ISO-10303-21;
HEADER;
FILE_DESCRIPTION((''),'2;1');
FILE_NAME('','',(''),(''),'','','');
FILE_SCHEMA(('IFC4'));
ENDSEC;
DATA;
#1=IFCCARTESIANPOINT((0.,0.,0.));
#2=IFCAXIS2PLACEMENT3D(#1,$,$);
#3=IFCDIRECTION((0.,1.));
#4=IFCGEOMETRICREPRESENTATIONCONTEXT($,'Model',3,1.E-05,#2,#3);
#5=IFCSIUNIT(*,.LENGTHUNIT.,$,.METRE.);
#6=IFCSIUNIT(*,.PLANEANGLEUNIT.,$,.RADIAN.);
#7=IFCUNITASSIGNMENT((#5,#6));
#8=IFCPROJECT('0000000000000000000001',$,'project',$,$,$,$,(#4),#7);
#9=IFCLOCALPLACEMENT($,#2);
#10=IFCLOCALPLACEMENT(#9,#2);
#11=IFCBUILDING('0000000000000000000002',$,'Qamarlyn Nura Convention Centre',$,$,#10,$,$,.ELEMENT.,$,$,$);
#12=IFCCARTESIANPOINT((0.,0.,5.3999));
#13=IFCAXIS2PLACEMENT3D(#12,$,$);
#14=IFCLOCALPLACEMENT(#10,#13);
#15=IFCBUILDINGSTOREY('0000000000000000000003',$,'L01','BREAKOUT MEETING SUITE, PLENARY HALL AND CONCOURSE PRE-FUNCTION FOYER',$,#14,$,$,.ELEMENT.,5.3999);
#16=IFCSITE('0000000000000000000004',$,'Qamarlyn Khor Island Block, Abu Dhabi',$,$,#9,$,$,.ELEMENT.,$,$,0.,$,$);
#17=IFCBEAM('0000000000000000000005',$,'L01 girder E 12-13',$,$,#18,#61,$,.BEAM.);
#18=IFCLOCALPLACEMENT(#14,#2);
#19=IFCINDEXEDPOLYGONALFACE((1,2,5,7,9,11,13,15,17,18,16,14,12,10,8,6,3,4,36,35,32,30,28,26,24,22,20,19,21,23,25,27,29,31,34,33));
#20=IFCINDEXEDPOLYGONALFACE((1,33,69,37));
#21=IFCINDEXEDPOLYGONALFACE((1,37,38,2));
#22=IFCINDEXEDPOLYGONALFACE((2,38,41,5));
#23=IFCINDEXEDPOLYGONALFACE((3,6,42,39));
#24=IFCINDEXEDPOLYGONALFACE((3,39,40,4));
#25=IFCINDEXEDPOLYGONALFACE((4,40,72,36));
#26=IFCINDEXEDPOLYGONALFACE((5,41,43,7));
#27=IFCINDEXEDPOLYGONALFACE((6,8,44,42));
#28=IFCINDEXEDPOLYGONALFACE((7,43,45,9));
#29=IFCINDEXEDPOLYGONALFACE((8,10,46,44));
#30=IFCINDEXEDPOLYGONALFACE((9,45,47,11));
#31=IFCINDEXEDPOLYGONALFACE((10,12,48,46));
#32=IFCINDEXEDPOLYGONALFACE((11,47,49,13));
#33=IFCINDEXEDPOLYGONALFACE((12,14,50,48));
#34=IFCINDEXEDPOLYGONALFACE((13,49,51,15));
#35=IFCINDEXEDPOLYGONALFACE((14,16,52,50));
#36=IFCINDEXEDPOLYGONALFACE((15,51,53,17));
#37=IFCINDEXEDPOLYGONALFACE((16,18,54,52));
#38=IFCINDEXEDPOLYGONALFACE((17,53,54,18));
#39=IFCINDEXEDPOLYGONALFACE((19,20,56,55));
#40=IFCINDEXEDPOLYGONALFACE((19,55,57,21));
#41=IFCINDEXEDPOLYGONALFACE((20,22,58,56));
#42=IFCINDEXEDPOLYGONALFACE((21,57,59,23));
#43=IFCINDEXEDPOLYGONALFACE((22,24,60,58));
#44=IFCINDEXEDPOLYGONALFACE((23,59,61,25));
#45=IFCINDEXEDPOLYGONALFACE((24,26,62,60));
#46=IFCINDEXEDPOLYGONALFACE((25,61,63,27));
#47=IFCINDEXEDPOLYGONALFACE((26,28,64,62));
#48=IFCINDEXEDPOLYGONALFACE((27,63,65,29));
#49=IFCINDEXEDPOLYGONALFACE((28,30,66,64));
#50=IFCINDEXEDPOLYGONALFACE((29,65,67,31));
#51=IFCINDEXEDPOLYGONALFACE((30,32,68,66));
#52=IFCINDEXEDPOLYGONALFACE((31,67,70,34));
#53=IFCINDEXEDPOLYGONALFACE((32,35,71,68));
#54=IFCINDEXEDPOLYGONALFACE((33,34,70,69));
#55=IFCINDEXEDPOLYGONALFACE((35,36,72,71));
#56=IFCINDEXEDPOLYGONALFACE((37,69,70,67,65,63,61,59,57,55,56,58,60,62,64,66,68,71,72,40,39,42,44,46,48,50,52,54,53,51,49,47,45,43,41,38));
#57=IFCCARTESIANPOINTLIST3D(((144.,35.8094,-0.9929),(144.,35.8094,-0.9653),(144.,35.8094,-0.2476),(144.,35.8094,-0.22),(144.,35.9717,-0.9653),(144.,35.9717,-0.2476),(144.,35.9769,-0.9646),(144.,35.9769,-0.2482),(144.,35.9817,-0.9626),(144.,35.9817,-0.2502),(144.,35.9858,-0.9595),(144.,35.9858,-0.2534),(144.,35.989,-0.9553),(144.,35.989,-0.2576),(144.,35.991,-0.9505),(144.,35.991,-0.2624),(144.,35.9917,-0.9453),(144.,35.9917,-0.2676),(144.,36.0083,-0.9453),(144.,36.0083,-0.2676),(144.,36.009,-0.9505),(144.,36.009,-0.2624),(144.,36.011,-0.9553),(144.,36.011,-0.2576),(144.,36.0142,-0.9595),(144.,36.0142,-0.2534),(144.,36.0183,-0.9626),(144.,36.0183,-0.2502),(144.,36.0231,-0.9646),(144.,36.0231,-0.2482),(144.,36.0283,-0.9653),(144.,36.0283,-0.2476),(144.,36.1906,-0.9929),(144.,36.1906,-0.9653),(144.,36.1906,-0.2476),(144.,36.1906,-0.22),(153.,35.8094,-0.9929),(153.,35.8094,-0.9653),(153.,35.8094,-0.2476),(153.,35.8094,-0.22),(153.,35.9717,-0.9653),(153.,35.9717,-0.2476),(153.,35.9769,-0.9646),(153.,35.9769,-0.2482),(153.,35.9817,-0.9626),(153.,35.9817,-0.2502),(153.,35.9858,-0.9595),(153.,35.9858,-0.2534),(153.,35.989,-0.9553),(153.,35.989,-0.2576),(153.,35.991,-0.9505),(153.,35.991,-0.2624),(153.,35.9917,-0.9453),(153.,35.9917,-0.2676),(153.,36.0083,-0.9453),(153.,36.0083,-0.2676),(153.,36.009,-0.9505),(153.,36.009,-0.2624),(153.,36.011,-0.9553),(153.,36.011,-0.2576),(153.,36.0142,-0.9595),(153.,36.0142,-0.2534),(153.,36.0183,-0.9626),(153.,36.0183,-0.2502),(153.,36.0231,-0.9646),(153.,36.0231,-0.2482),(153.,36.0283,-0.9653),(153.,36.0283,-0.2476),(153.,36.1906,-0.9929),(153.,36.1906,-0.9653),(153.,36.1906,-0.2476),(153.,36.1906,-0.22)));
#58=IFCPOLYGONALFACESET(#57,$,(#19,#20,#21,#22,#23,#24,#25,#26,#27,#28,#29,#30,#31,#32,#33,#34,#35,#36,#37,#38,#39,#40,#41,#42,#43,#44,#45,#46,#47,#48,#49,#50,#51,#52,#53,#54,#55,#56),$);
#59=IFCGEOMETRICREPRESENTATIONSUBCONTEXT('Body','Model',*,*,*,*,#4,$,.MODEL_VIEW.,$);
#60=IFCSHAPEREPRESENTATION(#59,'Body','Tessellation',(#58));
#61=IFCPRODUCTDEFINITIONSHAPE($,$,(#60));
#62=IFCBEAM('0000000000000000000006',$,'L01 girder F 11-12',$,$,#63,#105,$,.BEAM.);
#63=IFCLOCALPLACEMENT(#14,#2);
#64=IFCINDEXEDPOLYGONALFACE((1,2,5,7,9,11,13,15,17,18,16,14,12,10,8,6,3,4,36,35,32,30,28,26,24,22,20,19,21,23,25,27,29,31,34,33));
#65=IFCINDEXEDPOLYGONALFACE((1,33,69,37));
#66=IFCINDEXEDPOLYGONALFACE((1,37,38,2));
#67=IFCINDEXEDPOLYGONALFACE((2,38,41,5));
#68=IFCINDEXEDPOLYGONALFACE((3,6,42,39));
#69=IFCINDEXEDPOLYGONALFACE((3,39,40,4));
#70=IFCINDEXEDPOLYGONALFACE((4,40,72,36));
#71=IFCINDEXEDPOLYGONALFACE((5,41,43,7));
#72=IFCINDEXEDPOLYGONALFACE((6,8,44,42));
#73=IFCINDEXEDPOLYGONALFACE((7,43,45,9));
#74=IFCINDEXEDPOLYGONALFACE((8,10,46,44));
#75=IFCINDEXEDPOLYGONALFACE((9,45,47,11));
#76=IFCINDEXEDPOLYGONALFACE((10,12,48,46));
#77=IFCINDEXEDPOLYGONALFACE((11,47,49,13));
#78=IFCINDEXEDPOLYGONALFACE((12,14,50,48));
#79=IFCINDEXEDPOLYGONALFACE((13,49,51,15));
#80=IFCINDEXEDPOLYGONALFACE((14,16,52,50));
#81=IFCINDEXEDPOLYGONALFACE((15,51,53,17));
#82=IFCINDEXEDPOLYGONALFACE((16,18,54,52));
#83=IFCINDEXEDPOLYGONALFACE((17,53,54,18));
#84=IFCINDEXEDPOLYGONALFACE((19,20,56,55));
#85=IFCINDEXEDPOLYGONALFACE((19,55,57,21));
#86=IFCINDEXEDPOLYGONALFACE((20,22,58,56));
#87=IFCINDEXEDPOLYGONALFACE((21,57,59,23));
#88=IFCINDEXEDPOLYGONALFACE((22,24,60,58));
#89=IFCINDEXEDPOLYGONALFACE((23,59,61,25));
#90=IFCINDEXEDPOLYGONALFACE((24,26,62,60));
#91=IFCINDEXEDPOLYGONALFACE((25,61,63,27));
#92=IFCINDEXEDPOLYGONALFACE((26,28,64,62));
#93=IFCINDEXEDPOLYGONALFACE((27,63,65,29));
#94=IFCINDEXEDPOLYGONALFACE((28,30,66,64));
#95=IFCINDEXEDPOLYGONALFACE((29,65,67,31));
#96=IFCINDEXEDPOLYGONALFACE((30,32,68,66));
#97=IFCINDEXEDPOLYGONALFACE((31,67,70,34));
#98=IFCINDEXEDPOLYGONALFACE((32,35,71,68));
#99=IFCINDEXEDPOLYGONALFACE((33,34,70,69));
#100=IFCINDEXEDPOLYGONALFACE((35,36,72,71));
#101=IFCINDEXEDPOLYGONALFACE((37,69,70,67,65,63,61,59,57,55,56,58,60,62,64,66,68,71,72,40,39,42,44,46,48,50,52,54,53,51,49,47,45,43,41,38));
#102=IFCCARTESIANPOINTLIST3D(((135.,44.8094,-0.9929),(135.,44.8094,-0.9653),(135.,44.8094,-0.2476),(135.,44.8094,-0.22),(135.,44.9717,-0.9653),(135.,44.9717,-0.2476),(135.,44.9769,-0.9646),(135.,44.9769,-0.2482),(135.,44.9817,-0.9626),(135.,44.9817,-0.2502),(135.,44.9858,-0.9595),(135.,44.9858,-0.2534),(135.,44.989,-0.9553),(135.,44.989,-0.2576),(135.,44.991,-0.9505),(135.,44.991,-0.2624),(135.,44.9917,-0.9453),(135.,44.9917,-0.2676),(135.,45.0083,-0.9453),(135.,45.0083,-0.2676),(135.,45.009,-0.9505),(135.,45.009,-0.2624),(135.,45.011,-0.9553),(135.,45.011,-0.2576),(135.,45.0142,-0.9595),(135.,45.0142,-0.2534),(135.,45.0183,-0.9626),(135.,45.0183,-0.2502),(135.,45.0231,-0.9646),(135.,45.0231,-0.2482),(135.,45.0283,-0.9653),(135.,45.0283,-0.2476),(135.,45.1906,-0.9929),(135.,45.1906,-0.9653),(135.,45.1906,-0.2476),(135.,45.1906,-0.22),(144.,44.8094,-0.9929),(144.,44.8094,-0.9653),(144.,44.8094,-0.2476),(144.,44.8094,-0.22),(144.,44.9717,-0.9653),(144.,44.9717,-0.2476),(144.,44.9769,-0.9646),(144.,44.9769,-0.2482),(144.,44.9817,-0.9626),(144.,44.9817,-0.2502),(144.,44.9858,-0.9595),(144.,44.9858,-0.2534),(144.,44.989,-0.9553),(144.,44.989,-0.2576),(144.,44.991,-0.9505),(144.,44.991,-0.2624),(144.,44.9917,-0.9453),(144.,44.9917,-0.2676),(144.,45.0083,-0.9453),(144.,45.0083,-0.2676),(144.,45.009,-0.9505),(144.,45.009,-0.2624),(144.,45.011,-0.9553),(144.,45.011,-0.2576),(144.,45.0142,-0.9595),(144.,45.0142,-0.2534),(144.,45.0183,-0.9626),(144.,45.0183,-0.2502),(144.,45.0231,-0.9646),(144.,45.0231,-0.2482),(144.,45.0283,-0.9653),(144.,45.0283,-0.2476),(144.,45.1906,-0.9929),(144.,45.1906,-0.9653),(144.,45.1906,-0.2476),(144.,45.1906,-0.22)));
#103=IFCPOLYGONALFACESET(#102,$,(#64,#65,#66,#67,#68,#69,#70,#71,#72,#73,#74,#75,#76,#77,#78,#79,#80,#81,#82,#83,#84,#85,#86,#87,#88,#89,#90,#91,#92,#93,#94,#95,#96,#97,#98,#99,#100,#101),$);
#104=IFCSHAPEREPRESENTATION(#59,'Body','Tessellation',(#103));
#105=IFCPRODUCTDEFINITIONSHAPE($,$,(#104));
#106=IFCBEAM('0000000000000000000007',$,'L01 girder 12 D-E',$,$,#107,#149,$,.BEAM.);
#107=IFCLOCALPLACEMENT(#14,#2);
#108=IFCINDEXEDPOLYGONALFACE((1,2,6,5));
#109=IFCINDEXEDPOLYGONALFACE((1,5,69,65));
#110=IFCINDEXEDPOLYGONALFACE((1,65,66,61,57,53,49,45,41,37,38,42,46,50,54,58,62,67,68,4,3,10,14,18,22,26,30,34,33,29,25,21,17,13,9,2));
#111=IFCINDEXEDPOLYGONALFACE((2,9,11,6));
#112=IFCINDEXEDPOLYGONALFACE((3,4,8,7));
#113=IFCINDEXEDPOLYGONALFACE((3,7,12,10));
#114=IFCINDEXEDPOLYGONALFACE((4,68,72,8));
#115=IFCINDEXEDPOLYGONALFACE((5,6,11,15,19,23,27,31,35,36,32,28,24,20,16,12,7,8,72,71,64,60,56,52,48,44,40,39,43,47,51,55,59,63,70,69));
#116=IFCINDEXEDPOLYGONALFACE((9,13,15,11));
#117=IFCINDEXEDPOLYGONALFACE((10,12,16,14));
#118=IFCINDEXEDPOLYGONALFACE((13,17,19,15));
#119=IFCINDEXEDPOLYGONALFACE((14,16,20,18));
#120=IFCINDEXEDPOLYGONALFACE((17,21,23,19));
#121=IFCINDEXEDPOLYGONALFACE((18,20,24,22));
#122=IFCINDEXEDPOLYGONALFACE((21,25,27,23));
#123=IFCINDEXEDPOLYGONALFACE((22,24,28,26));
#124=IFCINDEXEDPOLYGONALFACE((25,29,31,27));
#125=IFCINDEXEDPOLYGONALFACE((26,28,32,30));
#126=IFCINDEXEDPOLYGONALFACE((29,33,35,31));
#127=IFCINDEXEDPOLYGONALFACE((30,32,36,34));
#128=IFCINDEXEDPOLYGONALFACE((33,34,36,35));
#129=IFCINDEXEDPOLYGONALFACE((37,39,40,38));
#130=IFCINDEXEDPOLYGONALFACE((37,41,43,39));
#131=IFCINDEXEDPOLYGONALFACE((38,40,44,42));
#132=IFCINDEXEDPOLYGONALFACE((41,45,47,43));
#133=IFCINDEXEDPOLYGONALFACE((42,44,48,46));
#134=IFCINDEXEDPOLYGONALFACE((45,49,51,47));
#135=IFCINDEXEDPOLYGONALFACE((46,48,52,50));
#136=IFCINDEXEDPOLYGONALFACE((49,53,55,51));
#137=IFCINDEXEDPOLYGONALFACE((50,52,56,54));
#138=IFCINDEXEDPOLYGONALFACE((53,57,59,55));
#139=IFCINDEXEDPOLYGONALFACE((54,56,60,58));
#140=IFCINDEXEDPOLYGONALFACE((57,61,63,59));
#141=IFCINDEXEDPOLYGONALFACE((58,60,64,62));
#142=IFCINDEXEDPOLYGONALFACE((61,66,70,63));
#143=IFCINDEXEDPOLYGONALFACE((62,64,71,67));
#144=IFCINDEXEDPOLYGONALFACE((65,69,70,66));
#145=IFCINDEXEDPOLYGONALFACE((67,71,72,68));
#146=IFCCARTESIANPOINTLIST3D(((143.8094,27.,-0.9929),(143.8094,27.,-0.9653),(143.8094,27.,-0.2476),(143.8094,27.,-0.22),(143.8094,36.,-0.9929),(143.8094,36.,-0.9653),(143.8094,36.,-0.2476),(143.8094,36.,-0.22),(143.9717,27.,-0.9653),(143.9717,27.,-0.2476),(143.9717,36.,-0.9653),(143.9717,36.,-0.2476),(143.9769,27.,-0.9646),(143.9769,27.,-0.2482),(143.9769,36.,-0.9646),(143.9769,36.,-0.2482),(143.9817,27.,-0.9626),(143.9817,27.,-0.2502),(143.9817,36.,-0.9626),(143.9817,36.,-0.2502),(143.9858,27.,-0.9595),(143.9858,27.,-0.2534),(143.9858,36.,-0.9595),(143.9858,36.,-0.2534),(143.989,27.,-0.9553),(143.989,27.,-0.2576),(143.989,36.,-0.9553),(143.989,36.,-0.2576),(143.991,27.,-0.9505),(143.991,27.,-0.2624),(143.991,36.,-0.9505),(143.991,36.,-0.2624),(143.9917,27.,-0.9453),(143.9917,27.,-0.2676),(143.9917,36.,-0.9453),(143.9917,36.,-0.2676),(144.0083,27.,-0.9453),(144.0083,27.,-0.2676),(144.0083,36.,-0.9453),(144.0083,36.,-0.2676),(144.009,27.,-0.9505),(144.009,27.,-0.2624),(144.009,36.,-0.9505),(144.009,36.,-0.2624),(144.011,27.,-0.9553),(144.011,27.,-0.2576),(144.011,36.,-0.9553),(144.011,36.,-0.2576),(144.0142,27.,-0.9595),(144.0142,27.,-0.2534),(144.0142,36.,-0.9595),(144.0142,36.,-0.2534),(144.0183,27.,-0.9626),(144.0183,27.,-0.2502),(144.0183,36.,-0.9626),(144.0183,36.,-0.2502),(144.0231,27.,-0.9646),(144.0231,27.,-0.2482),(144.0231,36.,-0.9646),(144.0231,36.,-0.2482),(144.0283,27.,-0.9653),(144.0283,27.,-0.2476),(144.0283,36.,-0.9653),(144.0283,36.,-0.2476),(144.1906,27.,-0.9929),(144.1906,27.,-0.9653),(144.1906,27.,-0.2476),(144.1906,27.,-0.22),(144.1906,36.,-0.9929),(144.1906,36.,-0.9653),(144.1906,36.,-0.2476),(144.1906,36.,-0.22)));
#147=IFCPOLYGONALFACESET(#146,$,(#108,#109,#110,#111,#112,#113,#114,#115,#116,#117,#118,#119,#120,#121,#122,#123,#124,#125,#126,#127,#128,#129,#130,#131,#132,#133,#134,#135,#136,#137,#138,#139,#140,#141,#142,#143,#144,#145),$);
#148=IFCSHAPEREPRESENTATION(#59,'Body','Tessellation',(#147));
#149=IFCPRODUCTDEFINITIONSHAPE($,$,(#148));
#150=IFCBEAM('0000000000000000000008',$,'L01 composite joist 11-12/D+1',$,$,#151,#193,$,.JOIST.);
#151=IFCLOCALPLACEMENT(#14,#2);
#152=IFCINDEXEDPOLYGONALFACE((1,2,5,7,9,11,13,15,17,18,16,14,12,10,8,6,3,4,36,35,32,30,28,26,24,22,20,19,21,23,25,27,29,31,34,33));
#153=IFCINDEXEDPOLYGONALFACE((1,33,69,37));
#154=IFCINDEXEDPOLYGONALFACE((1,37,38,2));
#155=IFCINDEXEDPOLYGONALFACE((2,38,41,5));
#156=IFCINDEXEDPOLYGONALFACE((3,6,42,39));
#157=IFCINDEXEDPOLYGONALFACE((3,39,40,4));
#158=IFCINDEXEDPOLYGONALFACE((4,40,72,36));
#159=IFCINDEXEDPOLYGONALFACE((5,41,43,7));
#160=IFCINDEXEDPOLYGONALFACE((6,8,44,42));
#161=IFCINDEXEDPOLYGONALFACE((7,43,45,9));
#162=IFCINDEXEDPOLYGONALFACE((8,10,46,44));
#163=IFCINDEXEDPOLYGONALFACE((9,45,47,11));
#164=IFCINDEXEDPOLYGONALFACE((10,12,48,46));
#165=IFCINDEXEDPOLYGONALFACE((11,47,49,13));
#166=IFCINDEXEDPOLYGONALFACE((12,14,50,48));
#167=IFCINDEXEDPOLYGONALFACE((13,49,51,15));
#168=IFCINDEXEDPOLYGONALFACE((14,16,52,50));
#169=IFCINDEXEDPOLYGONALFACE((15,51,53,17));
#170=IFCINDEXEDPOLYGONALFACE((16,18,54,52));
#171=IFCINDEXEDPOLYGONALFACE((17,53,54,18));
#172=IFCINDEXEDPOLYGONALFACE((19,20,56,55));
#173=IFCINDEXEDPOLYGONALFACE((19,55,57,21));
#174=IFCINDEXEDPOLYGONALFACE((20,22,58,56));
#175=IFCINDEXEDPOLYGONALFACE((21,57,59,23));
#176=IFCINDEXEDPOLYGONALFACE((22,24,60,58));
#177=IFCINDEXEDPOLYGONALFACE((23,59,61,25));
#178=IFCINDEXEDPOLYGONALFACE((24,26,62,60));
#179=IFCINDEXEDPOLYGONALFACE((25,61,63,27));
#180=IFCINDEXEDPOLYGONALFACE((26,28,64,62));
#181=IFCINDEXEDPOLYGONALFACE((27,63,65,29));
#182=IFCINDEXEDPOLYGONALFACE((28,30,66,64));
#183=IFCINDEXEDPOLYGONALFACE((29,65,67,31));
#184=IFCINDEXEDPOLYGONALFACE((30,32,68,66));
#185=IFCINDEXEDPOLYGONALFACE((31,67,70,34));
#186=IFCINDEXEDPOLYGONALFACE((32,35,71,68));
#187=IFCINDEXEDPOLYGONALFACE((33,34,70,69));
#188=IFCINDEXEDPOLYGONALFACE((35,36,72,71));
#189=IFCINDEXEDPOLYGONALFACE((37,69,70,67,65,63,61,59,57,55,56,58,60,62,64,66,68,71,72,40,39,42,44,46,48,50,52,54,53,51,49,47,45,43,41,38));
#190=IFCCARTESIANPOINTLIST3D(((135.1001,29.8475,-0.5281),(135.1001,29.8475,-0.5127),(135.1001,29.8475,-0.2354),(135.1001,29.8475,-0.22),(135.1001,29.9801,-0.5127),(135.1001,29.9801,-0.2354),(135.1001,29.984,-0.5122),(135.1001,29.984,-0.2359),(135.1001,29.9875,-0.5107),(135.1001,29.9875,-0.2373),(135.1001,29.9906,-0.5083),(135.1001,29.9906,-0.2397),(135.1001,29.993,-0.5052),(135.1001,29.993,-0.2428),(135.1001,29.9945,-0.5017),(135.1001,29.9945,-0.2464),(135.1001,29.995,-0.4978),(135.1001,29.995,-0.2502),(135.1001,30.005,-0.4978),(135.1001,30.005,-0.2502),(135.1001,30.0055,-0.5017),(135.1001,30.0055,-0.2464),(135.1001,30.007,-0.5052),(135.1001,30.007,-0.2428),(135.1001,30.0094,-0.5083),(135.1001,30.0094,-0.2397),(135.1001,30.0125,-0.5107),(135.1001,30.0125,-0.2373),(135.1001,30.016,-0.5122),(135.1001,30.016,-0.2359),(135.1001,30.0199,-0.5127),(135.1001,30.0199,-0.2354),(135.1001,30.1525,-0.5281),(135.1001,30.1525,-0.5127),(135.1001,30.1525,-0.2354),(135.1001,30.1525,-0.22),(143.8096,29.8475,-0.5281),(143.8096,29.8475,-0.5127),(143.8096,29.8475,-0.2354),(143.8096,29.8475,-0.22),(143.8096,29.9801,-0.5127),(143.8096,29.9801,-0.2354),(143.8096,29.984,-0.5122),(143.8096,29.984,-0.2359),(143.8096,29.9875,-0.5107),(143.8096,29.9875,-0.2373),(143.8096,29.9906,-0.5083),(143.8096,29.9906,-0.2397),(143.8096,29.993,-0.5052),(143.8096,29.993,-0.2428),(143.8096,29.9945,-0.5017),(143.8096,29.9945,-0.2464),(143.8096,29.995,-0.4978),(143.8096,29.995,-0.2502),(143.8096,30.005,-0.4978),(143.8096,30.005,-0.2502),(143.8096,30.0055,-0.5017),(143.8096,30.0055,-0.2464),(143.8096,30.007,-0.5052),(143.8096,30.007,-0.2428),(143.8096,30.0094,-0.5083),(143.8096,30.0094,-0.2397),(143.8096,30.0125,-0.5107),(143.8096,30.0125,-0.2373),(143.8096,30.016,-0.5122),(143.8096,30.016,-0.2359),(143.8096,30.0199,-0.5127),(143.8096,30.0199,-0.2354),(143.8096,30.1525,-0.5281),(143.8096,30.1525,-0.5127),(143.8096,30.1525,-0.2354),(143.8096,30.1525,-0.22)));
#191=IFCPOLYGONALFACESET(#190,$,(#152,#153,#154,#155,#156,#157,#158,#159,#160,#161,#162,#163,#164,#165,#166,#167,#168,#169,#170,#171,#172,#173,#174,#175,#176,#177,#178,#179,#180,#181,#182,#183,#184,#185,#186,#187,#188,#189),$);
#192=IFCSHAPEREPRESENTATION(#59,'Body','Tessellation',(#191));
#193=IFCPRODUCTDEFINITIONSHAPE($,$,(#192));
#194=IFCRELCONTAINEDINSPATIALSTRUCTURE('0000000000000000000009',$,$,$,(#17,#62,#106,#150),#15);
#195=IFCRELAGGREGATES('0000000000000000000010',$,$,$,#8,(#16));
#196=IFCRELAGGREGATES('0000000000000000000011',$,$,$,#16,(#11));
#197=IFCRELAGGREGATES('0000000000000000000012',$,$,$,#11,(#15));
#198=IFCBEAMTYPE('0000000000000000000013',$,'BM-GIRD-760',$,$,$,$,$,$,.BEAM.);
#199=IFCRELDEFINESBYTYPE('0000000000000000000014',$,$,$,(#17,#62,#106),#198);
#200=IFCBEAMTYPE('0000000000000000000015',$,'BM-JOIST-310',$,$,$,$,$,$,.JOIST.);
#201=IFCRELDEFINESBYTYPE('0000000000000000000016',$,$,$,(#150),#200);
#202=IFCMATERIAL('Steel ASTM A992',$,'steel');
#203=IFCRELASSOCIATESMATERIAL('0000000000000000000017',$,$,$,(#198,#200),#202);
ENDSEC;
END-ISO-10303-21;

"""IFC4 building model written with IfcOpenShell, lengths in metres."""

from ifc_helpers import new_model, si_unit, direction, frame, origin, origin_2d, place, context, subcontext, project, spatial, i_section, extrude, material, material_profile, profile_set, type_object, element, save


model = new_model("IFC4")

# Units and contexts
model_context = context("Model", 3, precision=1e-05, world=origin(), true_north=direction((0.0, 1.0)))
body_context = subcontext(model_context, "Body", "Model", "MODEL_VIEW")
ifc_project = project(units=[si_unit("LENGTHUNIT", "METRE"), si_unit("PLANEANGLEUNIT", "RADIAN")], contexts=[model_context])

# Site, building, storey
site_placement = place(None, origin())
site = spatial("IfcSite", under=ifc_project, at=site_placement, Name="Qamarlyn Khor Island Block, Abu Dhabi", CompositionType="ELEMENT", RefElevation=0.0)
building_placement = place(site_placement, origin())
building = spatial("IfcBuilding", under=site, at=building_placement, Name="Qamarlyn Nura Convention Centre", CompositionType="ELEMENT")
storey_placement = place(building_placement, frame((0.0, 0.0, 5.3999)))
storey = spatial("IfcBuildingStorey", under=building, at=storey_placement, Name="L01", Description="BREAKOUT MEETING SUITE, PLENARY HALL AND CONCOURSE PRE-FUNCTION FOYER", CompositionType="ELEMENT", Elevation=5.3999)

# Shared definitions
ifc_material_1 = material(Name="Steel ASTM A992", Category="steel")

# Beams
ifc_material_profile_1 = material_profile(ifc_material_1, i_section(OverallWidth=0.3811, OverallDepth=0.7729, WebThickness=0.0166, FlangeThickness=0.0276, FilletRadius=0.02, at=origin_2d()), Name="W760X257")
ifc_profile_set_1 = profile_set([ifc_material_profile_1], Name="Steel ASTM A992")
beam_type_1 = type_object("IfcBeamType", Name="BM-GIRD-760", PredefinedType="BEAM", material=ifc_profile_set_1)
for number, where, z_axis, x_axis, name in (
    (1, (144.0, 36.0, -0.6064), (1.0, 0.0, 0.0), (0.0, 1.0, 0.0), "L01 girder E 12-13"),
    (2, (135.0, 45.0, -0.6064), (1.0, 0.0, 0.0), (0.0, 1.0, 0.0), "L01 girder F 11-12"),
    (3, (144.0, 27.0, -0.6064), (0.0, 1.0, 0.0), (-1.0, 0.0, 0.0), "L01 girder 12 D-E"),
):
    element("IfcBeam", number, at=place(storey_placement, frame(where, z_axis=z_axis, x_axis=x_axis)), inside=storey, type_object=beam_type_1, Name=name, PredefinedType="BEAM", context=body_context, shape_type="SweptSolid", body=[
        extrude(i_section(OverallWidth=0.3811, OverallDepth=0.7729, WebThickness=0.0166, FlangeThickness=0.0276, FilletRadius=0.02, at=origin_2d()), origin(), (0.0, 0.0, 1.0), 9.0),
    ])
ifc_material_profile_2 = material_profile(ifc_material_1, i_section(OverallWidth=0.3049, OverallDepth=0.3081, WebThickness=0.01, FlangeThickness=0.0154, FilletRadius=0.0149, at=origin_2d()), Name="W310X97")
ifc_profile_set_2 = profile_set([ifc_material_profile_2], Name="Steel ASTM A992")
beam_type_2 = type_object("IfcBeamType", Name="BM-JOIST-310", PredefinedType="JOIST", material=ifc_profile_set_2)
for number, where, z_axis, x_axis, name in (
    (4, (135.1001, 30.0, -0.374), (1.0, 0.0, 0.0), (0.0, 1.0, 0.0), "L01 composite joist 11-12/D+1"),
):
    element("IfcBeam", number, at=place(storey_placement, frame(where, z_axis=z_axis, x_axis=x_axis)), inside=storey, type_object=beam_type_2, Name=name, PredefinedType="JOIST", context=body_context, shape_type="SweptSolid", body=[
        extrude(i_section(OverallWidth=0.3049, OverallDepth=0.3081, WebThickness=0.01, FlangeThickness=0.0154, FilletRadius=0.0149, at=origin_2d()), origin(), (0.0, 0.0, 1.0), 8.7095),
    ])

save(model, "model.ifc")
